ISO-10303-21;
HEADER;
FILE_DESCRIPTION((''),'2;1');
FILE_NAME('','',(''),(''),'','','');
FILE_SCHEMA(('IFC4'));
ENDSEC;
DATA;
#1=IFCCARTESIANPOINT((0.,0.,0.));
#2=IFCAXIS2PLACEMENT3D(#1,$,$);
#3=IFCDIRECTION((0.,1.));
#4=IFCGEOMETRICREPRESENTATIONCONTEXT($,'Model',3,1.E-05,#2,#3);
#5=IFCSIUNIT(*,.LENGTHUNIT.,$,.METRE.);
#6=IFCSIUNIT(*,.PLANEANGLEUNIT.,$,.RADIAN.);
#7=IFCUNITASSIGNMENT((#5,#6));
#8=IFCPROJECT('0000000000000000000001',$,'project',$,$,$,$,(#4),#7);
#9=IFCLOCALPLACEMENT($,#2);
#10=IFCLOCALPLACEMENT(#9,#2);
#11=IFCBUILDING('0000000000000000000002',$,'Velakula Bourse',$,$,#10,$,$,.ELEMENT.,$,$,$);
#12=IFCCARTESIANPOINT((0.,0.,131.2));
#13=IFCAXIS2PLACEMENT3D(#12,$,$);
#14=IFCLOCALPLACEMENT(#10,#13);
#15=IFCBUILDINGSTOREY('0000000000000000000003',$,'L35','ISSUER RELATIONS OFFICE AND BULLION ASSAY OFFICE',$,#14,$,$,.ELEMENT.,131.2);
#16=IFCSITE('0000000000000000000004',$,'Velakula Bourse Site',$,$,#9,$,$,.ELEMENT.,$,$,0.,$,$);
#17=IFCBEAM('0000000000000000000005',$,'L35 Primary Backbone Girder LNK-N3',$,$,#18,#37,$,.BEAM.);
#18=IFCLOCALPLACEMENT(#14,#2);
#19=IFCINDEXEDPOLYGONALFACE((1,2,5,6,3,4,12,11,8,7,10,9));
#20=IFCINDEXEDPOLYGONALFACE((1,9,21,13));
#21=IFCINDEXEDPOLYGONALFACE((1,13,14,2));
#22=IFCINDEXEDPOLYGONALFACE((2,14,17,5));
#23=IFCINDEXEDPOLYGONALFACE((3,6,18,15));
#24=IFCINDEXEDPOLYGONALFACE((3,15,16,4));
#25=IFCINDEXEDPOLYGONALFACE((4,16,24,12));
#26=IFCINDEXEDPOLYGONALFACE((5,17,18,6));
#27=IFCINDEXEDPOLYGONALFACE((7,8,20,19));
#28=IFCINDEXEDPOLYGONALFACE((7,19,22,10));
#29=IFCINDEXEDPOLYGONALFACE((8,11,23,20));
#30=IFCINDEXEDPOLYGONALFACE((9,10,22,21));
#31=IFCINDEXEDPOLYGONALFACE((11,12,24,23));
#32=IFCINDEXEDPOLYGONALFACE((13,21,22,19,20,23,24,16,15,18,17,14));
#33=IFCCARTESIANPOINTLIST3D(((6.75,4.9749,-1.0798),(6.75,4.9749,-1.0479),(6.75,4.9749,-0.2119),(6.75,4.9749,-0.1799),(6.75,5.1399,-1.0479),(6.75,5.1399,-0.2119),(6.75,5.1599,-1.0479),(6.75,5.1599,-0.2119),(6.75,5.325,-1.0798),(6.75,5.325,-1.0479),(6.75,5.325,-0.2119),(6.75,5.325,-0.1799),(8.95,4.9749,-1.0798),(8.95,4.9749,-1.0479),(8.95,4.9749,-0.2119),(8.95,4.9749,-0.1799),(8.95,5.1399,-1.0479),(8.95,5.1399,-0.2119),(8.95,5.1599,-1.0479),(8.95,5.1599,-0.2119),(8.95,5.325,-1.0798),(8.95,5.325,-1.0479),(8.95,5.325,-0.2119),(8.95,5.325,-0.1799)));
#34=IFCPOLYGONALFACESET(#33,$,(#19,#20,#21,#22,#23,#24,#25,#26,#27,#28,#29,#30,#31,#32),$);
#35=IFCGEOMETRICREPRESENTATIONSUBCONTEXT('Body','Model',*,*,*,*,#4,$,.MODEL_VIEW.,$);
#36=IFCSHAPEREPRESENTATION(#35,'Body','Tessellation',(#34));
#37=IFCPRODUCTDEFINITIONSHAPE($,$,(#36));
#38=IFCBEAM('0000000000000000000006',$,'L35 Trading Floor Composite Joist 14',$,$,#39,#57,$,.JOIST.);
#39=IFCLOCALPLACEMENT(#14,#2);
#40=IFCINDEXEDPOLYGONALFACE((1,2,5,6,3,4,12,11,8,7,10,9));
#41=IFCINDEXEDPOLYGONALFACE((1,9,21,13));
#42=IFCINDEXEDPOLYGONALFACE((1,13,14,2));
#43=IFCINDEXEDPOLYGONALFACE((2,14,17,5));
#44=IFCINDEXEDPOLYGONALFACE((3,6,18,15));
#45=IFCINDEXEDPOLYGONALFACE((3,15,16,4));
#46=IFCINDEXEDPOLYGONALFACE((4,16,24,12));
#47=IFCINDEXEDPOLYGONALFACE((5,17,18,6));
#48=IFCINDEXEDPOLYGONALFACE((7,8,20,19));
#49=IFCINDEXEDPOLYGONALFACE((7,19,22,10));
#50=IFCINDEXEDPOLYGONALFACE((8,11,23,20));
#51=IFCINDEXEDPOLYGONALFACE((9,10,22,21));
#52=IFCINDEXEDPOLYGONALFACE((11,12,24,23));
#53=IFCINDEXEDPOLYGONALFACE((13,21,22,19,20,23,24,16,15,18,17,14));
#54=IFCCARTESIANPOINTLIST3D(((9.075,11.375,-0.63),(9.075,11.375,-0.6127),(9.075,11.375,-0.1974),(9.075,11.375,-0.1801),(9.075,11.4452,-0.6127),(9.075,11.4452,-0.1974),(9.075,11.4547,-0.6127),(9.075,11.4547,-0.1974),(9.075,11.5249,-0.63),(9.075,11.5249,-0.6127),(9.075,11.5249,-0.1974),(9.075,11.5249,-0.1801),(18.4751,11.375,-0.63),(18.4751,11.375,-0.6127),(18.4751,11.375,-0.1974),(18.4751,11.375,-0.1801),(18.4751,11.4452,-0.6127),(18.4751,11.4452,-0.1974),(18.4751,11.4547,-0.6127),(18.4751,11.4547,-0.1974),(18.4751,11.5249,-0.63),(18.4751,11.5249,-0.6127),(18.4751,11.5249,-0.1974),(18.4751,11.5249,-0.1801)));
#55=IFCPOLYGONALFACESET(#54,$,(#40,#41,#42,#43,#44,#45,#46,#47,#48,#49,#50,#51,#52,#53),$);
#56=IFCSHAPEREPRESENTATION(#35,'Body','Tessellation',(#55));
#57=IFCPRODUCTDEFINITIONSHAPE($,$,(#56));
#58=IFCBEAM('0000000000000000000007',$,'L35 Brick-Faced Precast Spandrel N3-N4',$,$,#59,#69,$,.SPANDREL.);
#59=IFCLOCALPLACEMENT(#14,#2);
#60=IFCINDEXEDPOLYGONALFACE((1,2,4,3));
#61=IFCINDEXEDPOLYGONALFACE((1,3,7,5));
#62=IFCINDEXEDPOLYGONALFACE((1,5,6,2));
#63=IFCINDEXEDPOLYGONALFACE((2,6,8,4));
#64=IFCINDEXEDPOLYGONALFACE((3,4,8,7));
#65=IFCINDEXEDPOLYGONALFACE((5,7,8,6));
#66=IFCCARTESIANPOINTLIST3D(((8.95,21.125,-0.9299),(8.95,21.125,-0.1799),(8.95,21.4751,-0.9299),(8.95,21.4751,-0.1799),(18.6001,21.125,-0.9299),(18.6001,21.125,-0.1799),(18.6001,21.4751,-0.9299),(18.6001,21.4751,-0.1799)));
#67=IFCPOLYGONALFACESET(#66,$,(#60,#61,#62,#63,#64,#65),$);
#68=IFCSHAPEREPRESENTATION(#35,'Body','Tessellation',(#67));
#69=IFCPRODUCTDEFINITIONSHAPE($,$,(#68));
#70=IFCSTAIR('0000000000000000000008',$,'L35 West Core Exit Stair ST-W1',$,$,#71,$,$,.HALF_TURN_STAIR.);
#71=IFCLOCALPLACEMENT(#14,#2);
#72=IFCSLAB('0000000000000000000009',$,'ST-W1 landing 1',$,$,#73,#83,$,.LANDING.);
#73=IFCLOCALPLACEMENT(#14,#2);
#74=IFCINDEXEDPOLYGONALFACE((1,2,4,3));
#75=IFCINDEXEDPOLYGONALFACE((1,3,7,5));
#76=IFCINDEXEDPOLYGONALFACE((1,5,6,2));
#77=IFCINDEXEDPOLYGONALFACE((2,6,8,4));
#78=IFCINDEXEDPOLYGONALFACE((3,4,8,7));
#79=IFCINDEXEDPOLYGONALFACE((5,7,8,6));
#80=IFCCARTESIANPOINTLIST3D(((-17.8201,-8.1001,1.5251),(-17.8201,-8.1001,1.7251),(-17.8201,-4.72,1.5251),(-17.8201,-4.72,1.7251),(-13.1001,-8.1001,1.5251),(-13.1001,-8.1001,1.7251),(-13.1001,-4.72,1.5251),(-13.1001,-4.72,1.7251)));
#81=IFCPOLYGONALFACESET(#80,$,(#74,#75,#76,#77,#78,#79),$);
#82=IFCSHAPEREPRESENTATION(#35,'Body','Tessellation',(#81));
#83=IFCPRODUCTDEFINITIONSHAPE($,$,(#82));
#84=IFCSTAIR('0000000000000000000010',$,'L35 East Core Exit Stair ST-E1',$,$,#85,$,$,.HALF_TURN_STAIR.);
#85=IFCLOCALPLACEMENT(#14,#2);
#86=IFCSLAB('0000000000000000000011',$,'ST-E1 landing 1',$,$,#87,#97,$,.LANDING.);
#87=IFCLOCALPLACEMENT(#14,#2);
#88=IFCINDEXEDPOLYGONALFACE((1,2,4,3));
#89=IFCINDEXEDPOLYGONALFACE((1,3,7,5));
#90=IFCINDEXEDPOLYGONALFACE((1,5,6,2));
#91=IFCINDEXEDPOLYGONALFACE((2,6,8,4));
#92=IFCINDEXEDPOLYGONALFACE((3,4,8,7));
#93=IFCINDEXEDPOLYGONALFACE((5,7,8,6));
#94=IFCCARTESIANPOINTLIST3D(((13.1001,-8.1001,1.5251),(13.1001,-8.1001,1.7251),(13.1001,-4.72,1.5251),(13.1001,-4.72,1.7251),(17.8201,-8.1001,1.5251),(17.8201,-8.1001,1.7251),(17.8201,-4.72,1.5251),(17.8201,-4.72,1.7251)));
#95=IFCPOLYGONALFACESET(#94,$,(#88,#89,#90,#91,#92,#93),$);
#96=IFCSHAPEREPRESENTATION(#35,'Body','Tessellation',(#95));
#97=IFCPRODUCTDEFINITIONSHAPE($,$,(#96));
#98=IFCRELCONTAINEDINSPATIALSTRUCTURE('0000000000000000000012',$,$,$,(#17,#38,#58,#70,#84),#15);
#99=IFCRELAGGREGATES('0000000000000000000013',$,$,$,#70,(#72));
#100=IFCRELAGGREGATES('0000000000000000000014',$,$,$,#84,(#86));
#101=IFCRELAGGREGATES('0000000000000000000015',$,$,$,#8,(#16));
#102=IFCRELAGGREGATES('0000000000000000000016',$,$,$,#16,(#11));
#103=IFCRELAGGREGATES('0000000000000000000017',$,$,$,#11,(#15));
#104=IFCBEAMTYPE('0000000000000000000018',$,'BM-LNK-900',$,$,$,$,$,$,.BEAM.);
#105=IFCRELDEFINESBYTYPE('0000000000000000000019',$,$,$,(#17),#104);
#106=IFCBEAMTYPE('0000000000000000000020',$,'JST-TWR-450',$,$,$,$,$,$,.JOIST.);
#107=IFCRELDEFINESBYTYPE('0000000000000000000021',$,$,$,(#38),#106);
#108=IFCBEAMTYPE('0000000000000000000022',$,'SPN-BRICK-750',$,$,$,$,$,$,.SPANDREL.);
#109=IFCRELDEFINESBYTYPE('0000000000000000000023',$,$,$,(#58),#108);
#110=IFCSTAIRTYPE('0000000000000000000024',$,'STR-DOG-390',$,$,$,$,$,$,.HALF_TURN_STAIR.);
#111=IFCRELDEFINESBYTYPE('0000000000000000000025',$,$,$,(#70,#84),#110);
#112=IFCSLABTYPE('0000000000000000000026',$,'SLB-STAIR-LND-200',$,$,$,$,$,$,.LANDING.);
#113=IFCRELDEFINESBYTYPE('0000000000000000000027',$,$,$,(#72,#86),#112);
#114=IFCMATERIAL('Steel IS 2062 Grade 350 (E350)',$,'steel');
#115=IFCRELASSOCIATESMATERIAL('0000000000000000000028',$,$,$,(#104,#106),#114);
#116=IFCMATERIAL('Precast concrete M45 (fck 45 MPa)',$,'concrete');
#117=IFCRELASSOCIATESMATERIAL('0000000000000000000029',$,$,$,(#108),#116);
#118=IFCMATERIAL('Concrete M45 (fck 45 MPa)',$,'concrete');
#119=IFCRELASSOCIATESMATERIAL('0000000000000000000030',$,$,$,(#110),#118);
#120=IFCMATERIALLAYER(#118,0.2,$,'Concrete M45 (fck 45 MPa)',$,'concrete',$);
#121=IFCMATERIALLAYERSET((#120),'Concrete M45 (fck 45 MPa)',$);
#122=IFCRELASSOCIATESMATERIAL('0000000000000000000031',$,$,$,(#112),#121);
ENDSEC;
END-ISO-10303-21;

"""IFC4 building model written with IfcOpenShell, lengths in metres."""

from ifc_helpers import new_model, si_unit, direction, frame, origin, origin_2d, place, context, subcontext, project, spatial, polyline, rectangle, i_section, outline, extrude, material, layer, layer_set, material_profile, profile_set, type_object, element, aggregate, save


model = new_model("IFC4")

# Units and contexts
model_context = context("Model", 3, precision=1e-05, world=origin(), true_north=direction((0.0, 1.0)))
body_context = subcontext(model_context, "Body", "Model", "MODEL_VIEW")
ifc_project = project(units=[si_unit("LENGTHUNIT", "METRE"), si_unit("PLANEANGLEUNIT", "RADIAN")], contexts=[model_context])

# Site, building, storey
site_placement = place(None, origin())
site = spatial("IfcSite", under=ifc_project, at=site_placement, Name="Velakula Bourse Site", CompositionType="ELEMENT", RefElevation=0.0)
building_placement = place(site_placement, origin())
building = spatial("IfcBuilding", under=site, at=building_placement, Name="Velakula Bourse", CompositionType="ELEMENT")
storey_placement = place(building_placement, frame((0.0, 0.0, 131.2)))
storey = spatial("IfcBuildingStorey", under=building, at=storey_placement, Name="L35", Description="ISSUER RELATIONS OFFICE AND BULLION ASSAY OFFICE", CompositionType="ELEMENT", Elevation=131.2)

# Shared definitions
ifc_material_1 = material(Name="Steel IS 2062 Grade 350 (E350)", Category="steel")

# Beams
ifc_material_profile_1 = material_profile(ifc_material_1, i_section(OverallWidth=0.3501, OverallDepth=0.8999, WebThickness=0.02, FlangeThickness=0.032, at=origin_2d()), Name="Steel IS 2062 Grade 350 (E350)")
ifc_profile_set_1 = profile_set([ifc_material_profile_1], Name="Steel IS 2062 Grade 350 (E350)")
beam_type_1 = type_object("IfcBeamType", Name="BM-LNK-900", PredefinedType="BEAM", material=ifc_profile_set_1)
beam_1_placement = place(storey_placement, frame((6.75, 5.1499, -0.6299), z_axis=(1.0, 0.0, 0.0), x_axis=(0.0, 1.0, 0.0)))
element("IfcBeam", 1, at=beam_1_placement, inside=storey, type_object=beam_type_1, Name="L35 Primary Backbone Girder LNK-N3", PredefinedType="BEAM", context=body_context, shape_type="SweptSolid", body=[
    extrude(i_section(OverallWidth=0.3501, OverallDepth=0.8999, WebThickness=0.02, FlangeThickness=0.032, at=origin_2d()), origin(), (0.0, 0.0, 1.0), 2.2),
])
ifc_material_profile_2 = material_profile(ifc_material_1, i_section(OverallWidth=0.1499, OverallDepth=0.45, WebThickness=0.0095, FlangeThickness=0.0173, at=origin_2d()), Name="Steel IS 2062 Grade 350 (E350)")
ifc_profile_set_2 = profile_set([ifc_material_profile_2], Name="Steel IS 2062 Grade 350 (E350)")
beam_type_2 = type_object("IfcBeamType", Name="JST-TWR-450", PredefinedType="JOIST", material=ifc_profile_set_2)
beam_2_placement = place(storey_placement, frame((9.075, 11.45, -0.405), z_axis=(1.0, 0.0, 0.0), x_axis=(0.0, 1.0, 0.0)))
element("IfcBeam", 2, at=beam_2_placement, inside=storey, type_object=beam_type_2, Name="L35 Trading Floor Composite Joist 14", PredefinedType="JOIST", context=body_context, shape_type="SweptSolid", body=[
    extrude(i_section(OverallWidth=0.1499, OverallDepth=0.45, WebThickness=0.0095, FlangeThickness=0.0173, at=origin_2d()), origin(), (0.0, 0.0, 1.0), 9.4001),
])
ifc_material_2 = material(Name="Precast concrete M45 (fck 45 MPa)", Category="concrete")
ifc_material_profile_3 = material_profile(ifc_material_2, rectangle(XDim=0.3501, YDim=0.75, at=origin_2d()), Name="Precast concrete M45 (fck 45 MPa)")
ifc_profile_set_3 = profile_set([ifc_material_profile_3], Name="Precast concrete M45 (fck 45 MPa)")
beam_type_3 = type_object("IfcBeamType", Name="SPN-BRICK-750", PredefinedType="SPANDREL", material=ifc_profile_set_3)
beam_3_placement = place(storey_placement, frame((8.95, 21.3, -0.5549), z_axis=(1.0, 0.0, 0.0), x_axis=(0.0, 1.0, 0.0)))
element("IfcBeam", 3, at=beam_3_placement, inside=storey, type_object=beam_type_3, Name="L35 Brick-Faced Precast Spandrel N3-N4", PredefinedType="SPANDREL", context=body_context, shape_type="SweptSolid", body=[
    extrude(rectangle(XDim=0.3501, YDim=0.75, at=origin_2d()), origin(), (0.0, 0.0, 1.0), 9.6501),
])

# Stairs, slabs
ifc_material_3 = material(Name="Concrete M45 (fck 45 MPa)", Category="concrete")
stair_type = type_object("IfcStairType", Name="STR-DOG-390", PredefinedType="HALF_TURN_STAIR", material=ifc_material_3)
stair_1_placement = place(storey_placement, origin())
stair_1 = element("IfcStair", 4, at=stair_1_placement, inside=storey, type_object=stair_type, Name="L35 West Core Exit Stair ST-W1", PredefinedType="HALF_TURN_STAIR")
ifc_layer_1 = layer(ifc_material_3, 0.2, Name="Concrete M45 (fck 45 MPa)", Category="concrete")
ifc_layer_set_1 = layer_set([ifc_layer_1], Name="Concrete M45 (fck 45 MPa)")
slab_type_1 = type_object("IfcSlabType", Name="SLB-STAIR-LND-200", PredefinedType="LANDING", material=ifc_layer_set_1)
slab_1_placement = place(storey_placement, frame((0.0, 0.0, 1.5251)))
slab_1 = element("IfcSlab", 5, at=slab_1_placement, type_object=slab_type_1, Name="ST-W1 landing 1", PredefinedType="LANDING", context=body_context, shape_type="SweptSolid", body=[
    extrude(outline(polyline([(-17.8201, -4.72), (-17.8201, -8.1001), (-13.1001, -8.1001), (-13.1001, -4.72), (-17.8201, -4.72)])), origin(), (0.0, 0.0, 1.0), 0.2),
])
aggregate(stair_1, [slab_1])
stair_2_placement = place(storey_placement, origin())
stair_2 = element("IfcStair", 6, at=stair_2_placement, inside=storey, type_object=stair_type, Name="L35 East Core Exit Stair ST-E1", PredefinedType="HALF_TURN_STAIR")
slab_2_placement = place(storey_placement, frame((0.0, 0.0, 1.5251)))
slab_2 = element("IfcSlab", 7, at=slab_2_placement, type_object=slab_type_1, Name="ST-E1 landing 1", PredefinedType="LANDING", context=body_context, shape_type="SweptSolid", body=[
    extrude(outline(polyline([(13.1001, -4.72), (13.1001, -8.1001), (17.8201, -8.1001), (17.8201, -4.72), (13.1001, -4.72)])), origin(), (0.0, 0.0, 1.0), 0.2),
])
aggregate(stair_2, [slab_2])

save(model, "model.ifc")
